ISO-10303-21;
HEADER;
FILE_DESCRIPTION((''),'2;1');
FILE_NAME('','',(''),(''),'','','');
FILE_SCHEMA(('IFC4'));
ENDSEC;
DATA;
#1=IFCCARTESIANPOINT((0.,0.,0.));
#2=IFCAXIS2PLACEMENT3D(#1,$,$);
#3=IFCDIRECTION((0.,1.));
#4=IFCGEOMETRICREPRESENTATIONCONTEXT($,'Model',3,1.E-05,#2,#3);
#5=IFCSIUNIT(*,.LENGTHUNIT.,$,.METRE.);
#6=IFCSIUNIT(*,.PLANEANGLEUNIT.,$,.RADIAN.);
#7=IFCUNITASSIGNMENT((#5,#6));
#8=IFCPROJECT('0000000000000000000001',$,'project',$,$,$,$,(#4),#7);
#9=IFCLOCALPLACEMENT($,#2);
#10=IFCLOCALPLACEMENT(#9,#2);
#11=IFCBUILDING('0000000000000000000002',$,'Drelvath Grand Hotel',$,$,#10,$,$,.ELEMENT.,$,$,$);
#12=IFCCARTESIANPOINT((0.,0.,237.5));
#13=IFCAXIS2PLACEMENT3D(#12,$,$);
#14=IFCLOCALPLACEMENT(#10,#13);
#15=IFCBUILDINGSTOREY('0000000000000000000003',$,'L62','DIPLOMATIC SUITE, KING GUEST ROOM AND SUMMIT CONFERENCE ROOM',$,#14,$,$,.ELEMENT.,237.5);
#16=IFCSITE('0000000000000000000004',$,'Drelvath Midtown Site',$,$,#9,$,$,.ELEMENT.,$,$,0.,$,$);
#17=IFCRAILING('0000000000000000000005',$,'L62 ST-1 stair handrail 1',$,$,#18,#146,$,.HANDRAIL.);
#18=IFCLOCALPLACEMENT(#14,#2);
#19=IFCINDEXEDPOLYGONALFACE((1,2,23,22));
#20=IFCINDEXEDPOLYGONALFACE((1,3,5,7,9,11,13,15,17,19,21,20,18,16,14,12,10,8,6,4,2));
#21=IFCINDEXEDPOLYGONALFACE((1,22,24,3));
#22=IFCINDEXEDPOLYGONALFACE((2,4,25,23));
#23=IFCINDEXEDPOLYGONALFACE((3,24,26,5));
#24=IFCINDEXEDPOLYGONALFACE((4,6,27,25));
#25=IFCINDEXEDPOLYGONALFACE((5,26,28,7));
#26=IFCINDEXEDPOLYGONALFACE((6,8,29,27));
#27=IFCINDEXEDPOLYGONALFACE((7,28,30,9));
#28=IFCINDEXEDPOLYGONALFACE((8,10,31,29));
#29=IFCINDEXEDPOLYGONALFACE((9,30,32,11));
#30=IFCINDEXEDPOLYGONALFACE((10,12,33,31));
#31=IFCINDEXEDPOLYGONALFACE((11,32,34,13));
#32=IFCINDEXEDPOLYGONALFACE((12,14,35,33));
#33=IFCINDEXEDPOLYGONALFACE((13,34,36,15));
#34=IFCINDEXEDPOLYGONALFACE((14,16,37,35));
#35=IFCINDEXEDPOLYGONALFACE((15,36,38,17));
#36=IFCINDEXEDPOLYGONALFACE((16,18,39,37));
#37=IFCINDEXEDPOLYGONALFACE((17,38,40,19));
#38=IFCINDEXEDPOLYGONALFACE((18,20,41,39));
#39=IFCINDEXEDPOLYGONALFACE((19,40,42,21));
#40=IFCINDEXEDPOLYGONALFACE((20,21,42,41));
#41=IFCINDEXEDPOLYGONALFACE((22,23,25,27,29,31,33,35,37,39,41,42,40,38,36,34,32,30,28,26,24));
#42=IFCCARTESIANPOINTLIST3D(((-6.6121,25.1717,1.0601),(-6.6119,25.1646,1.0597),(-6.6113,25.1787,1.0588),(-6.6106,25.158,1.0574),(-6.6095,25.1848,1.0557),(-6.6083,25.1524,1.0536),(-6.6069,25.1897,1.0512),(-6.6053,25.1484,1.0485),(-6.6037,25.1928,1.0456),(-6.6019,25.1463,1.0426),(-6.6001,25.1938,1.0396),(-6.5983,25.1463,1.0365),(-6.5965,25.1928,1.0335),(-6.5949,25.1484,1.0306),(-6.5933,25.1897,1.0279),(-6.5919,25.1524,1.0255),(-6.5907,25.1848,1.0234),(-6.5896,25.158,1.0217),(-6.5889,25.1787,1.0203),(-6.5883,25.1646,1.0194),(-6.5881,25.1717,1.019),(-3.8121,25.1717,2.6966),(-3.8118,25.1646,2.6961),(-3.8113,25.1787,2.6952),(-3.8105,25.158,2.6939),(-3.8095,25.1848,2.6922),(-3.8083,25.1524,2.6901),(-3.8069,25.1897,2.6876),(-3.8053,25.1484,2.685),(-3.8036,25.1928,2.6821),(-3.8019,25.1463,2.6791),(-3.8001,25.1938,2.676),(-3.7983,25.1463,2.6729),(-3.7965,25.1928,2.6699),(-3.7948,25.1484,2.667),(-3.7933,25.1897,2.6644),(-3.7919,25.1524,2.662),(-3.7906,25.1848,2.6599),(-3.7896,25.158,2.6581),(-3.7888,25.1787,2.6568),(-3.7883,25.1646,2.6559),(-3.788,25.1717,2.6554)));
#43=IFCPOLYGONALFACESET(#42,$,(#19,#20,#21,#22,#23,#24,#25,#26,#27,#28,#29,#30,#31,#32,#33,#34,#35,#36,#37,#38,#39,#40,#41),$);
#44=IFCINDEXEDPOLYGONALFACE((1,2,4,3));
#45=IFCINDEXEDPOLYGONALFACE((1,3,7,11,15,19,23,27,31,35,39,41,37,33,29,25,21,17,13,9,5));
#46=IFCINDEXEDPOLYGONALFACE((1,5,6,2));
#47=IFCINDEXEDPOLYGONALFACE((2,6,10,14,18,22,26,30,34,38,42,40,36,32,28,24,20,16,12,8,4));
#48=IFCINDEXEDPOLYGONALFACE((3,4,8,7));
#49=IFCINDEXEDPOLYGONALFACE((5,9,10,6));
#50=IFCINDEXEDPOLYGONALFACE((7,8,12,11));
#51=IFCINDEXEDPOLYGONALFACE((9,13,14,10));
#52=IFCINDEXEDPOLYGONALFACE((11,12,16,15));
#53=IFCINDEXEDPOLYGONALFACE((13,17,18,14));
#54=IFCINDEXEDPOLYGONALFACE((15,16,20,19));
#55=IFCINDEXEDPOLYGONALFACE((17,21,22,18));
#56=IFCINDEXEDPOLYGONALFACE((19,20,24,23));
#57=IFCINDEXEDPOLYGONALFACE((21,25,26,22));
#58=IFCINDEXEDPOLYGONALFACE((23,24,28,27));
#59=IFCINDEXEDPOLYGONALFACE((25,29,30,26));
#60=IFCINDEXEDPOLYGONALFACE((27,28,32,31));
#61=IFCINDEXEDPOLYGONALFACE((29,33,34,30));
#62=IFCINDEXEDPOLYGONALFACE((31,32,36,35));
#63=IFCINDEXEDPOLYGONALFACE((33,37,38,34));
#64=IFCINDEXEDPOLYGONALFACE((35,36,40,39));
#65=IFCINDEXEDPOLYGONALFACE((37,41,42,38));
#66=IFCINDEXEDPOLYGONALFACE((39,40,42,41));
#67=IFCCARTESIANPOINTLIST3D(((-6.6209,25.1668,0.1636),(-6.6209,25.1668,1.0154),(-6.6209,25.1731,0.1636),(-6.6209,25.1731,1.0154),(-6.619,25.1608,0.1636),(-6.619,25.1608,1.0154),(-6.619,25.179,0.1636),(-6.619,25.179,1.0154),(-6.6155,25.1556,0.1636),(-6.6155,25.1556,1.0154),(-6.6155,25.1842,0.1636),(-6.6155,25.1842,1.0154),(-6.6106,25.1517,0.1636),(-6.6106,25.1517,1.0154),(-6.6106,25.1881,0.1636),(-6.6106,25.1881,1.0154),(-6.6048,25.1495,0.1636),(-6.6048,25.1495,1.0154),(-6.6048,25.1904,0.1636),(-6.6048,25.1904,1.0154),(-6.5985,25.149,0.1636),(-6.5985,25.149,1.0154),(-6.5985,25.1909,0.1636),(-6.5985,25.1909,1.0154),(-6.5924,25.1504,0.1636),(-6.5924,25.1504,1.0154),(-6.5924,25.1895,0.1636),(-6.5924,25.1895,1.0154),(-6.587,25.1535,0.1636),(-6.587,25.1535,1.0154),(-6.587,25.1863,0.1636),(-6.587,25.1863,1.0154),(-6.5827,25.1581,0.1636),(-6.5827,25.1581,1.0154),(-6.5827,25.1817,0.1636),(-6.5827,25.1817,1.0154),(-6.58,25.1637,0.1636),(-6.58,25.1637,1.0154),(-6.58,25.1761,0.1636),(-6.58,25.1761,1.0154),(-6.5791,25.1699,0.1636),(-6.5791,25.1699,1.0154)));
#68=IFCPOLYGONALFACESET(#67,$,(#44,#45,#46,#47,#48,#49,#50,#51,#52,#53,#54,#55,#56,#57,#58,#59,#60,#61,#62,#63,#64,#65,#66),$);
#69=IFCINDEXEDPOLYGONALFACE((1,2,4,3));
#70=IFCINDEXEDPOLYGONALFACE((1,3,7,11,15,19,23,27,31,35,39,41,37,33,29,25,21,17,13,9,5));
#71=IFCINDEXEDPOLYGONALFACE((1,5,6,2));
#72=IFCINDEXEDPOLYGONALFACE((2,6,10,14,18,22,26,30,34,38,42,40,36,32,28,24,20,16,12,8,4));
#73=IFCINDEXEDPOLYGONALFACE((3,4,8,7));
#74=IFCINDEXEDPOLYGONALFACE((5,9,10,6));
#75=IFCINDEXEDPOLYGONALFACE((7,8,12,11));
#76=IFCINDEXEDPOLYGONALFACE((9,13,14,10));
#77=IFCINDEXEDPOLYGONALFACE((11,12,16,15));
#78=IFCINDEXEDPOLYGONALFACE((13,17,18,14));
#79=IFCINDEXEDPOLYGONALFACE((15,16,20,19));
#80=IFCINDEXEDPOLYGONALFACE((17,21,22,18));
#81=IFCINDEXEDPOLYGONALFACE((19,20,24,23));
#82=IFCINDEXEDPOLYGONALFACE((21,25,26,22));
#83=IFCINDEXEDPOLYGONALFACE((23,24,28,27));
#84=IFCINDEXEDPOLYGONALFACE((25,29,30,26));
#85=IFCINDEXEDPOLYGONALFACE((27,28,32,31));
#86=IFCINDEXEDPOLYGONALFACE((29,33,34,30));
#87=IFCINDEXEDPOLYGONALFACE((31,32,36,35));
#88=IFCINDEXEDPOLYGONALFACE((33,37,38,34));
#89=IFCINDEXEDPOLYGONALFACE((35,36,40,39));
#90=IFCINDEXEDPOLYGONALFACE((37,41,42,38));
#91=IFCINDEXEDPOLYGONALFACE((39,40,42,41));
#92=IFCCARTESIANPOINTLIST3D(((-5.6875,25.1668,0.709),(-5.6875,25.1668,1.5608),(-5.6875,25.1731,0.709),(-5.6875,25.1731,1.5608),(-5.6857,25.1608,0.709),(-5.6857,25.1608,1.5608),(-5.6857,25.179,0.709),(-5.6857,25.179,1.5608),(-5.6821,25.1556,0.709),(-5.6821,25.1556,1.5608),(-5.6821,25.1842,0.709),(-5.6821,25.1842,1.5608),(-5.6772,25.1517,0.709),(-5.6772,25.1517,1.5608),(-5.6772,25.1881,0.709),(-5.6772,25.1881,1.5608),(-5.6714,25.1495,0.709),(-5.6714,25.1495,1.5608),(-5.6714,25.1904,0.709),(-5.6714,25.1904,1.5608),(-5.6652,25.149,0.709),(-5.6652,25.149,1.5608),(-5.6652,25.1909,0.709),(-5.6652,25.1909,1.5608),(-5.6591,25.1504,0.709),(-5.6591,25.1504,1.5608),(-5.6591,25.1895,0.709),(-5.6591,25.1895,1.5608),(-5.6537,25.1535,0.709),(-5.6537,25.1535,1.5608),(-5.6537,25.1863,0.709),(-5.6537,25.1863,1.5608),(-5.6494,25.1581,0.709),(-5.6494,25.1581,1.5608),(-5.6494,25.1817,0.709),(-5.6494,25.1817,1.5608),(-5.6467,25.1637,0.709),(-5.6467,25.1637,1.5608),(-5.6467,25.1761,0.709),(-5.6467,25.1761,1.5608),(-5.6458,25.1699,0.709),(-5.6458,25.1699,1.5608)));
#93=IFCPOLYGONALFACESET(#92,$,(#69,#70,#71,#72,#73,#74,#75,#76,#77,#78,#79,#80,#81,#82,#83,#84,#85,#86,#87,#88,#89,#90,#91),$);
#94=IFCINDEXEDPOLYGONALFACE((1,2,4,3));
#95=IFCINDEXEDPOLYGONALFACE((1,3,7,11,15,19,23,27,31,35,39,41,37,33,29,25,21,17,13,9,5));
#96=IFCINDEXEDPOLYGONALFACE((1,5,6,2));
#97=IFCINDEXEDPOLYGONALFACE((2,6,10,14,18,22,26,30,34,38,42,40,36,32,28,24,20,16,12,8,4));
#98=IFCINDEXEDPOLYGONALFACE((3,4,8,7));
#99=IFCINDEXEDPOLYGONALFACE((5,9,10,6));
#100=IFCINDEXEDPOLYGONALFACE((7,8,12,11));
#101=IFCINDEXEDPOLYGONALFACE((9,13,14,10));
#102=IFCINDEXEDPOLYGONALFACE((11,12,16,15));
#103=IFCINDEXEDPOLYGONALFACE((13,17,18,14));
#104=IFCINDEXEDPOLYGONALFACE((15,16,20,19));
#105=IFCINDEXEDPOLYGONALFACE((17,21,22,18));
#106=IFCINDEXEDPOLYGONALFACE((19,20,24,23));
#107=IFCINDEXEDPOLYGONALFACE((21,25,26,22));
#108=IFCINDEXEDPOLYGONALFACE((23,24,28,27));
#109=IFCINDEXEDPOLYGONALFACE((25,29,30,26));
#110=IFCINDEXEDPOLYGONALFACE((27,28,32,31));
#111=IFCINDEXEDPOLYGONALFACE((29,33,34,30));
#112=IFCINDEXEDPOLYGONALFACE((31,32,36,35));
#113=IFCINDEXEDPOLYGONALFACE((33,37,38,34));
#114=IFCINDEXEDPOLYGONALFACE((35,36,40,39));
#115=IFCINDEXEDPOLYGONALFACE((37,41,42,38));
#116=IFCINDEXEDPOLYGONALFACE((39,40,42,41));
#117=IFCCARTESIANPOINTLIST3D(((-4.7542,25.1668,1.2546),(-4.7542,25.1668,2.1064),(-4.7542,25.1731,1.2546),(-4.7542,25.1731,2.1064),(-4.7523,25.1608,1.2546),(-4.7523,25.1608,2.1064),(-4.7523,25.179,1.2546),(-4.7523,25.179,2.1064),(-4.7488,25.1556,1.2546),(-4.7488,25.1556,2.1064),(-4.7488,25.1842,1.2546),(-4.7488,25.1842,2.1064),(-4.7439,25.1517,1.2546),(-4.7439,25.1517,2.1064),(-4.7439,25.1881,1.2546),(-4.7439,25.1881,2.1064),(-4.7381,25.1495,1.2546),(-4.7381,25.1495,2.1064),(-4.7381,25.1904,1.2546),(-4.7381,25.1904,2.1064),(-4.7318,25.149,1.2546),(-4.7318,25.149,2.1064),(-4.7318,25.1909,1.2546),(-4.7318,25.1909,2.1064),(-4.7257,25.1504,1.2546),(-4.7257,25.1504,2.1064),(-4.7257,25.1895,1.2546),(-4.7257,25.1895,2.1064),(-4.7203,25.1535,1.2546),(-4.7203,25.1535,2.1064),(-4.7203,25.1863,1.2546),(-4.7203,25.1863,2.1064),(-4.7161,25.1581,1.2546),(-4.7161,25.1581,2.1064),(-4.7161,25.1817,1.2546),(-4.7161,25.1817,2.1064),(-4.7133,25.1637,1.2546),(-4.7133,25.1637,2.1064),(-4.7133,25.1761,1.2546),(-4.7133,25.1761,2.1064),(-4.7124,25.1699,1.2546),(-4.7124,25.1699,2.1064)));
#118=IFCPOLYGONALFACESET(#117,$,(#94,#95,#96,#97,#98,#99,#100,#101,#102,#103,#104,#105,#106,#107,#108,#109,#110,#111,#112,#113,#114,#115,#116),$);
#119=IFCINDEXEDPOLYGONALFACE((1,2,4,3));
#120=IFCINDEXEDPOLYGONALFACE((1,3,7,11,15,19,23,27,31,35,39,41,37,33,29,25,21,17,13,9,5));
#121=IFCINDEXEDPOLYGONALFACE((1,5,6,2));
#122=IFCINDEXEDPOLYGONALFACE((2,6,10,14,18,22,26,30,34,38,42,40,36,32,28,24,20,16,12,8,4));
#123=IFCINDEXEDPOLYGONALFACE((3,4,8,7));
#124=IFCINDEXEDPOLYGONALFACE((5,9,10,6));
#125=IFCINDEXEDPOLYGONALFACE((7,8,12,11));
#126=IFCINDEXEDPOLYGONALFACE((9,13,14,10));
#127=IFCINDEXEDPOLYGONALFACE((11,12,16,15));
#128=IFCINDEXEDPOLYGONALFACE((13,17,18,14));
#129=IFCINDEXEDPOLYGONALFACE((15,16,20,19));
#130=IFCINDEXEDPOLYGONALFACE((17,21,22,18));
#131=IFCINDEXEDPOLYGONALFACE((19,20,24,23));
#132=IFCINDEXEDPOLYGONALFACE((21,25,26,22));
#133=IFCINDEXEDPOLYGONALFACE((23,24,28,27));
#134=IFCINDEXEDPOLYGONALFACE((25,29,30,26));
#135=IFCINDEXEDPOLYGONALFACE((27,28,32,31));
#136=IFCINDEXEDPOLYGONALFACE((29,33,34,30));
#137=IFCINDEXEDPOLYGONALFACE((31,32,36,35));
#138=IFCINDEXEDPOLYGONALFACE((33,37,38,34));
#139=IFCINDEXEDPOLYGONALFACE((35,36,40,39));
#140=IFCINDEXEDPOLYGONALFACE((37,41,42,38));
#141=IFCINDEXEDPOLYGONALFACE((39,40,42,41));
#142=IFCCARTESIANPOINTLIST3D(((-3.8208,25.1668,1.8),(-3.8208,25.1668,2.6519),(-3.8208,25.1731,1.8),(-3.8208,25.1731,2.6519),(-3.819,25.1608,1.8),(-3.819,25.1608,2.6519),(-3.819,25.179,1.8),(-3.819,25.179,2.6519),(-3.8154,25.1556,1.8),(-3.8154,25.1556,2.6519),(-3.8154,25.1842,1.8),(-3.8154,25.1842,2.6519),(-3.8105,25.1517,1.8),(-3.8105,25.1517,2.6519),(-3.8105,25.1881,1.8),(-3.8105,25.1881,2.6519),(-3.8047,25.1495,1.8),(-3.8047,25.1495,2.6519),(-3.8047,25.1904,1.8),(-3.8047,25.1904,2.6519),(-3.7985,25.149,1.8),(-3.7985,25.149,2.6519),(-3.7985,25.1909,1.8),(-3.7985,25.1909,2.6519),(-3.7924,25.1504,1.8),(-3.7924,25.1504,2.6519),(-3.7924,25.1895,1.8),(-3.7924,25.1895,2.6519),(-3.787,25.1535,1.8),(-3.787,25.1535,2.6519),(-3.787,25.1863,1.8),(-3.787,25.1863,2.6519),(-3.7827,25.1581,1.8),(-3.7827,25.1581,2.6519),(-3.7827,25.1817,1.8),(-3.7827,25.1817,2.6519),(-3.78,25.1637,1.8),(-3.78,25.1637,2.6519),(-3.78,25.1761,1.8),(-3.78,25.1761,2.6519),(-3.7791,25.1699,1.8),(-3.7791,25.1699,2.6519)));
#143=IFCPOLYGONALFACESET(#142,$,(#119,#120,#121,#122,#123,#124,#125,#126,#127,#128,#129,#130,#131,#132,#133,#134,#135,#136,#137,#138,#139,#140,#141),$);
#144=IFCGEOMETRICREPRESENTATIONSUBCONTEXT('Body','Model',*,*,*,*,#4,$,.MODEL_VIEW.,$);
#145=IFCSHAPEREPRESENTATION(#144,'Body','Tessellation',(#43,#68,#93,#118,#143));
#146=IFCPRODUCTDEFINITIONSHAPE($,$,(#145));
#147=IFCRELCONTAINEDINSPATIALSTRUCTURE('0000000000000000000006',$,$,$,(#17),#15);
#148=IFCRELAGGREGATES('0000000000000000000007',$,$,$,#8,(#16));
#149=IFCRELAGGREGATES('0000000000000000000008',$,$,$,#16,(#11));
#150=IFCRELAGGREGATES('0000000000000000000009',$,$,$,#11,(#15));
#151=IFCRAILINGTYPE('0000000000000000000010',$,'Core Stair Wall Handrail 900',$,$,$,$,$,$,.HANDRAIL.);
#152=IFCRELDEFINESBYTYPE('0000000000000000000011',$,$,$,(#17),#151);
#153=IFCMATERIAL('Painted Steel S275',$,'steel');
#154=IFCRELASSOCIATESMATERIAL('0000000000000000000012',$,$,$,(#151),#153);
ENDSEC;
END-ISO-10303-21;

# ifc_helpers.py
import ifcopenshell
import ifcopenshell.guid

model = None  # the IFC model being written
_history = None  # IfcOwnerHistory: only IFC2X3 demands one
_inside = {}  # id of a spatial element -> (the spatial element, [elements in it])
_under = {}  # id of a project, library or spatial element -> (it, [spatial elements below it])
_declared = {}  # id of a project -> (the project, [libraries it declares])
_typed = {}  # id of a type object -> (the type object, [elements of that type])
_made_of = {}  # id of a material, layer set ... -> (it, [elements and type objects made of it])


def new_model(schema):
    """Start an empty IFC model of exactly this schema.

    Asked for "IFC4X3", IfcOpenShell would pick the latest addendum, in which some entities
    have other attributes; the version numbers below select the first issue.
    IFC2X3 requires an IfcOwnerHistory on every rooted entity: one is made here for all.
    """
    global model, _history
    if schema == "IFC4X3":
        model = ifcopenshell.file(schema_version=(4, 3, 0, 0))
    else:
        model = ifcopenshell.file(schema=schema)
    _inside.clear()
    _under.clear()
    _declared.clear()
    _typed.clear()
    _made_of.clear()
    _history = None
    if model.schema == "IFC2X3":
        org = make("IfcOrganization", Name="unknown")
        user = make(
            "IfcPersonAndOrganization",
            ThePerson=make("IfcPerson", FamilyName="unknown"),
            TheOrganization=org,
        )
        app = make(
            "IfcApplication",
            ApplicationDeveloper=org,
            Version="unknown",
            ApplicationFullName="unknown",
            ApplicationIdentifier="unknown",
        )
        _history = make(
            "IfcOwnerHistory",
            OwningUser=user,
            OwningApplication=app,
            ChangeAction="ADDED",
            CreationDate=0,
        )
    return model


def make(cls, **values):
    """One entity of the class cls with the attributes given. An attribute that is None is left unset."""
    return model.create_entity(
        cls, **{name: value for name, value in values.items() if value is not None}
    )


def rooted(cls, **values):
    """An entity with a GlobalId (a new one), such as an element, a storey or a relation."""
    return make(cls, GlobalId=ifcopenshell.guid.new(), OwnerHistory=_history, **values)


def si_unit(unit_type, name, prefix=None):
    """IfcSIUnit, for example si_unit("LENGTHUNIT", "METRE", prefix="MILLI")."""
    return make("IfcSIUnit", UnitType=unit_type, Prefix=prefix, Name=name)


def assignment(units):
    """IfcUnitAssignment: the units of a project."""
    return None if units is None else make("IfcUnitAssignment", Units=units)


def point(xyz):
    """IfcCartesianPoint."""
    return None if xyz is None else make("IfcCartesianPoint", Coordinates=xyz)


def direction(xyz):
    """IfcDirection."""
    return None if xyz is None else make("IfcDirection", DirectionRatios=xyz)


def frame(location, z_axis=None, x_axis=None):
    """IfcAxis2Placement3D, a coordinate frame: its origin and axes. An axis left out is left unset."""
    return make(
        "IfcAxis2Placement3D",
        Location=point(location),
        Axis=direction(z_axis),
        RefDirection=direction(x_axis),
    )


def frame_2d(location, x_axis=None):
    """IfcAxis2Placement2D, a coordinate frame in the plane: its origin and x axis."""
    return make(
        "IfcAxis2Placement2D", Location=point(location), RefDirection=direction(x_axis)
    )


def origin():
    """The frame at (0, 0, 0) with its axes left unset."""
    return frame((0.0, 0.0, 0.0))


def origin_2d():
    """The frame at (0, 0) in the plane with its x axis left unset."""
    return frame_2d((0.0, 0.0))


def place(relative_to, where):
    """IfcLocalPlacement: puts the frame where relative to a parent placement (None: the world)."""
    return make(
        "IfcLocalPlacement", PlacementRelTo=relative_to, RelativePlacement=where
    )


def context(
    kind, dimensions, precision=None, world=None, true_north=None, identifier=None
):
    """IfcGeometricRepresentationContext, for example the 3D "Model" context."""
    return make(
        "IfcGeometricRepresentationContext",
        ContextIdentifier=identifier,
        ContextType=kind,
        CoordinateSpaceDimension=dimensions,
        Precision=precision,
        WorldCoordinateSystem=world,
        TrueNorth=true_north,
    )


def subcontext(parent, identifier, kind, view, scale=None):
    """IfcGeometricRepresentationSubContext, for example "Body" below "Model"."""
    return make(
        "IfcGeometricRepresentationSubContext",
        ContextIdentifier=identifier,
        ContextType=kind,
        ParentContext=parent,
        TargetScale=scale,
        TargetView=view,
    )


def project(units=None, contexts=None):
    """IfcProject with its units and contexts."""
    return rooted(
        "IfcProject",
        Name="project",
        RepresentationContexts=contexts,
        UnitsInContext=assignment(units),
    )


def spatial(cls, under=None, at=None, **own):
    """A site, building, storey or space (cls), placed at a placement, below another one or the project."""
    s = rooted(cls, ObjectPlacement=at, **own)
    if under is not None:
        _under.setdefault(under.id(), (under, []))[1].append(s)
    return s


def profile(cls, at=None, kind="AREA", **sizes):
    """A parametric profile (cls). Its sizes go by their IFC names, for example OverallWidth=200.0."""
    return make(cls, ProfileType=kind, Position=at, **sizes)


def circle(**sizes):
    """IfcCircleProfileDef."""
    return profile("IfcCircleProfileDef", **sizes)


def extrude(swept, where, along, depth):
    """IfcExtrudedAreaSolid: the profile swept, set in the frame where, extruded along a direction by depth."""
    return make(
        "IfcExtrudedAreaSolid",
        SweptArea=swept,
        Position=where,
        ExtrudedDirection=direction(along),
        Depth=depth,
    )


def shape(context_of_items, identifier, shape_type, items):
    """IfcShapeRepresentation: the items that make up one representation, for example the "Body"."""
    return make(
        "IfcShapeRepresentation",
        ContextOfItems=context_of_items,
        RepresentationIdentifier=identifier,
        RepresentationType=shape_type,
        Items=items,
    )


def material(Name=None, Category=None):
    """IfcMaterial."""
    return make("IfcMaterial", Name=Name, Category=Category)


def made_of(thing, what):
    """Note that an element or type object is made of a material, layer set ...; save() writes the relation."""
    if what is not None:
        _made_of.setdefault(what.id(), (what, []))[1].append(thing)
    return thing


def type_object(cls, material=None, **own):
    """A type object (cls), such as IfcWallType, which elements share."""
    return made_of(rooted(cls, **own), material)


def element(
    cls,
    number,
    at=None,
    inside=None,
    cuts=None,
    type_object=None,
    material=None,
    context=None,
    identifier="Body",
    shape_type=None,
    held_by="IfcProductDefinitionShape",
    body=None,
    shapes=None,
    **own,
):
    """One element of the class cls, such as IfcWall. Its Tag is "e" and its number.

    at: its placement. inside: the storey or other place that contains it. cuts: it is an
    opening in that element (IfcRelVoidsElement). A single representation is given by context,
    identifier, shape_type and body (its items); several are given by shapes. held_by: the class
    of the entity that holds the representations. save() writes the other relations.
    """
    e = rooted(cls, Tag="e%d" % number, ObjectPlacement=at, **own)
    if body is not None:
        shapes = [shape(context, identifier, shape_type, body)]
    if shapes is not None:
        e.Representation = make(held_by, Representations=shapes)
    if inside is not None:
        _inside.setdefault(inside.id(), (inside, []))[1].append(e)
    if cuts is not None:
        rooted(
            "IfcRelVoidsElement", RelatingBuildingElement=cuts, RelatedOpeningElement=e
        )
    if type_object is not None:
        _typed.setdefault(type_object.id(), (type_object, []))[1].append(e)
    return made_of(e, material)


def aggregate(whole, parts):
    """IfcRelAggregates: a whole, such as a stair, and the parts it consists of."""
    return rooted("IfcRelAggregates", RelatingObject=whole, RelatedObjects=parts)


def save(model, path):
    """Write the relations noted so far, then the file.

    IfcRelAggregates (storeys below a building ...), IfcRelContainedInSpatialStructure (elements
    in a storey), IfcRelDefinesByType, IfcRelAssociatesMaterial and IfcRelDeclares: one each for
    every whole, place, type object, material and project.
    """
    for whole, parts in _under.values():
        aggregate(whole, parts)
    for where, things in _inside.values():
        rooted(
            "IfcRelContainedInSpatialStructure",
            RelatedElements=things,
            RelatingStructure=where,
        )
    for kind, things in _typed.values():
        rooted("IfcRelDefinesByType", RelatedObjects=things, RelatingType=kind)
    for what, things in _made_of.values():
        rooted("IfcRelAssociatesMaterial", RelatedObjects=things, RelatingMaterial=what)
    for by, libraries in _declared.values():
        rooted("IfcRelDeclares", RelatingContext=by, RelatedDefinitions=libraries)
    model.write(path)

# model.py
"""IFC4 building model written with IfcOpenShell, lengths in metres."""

from ifc_helpers import new_model, si_unit, direction, frame, origin, origin_2d, place, context, subcontext, project, spatial, circle, extrude, material, type_object, element, save


model = new_model("IFC4")

# Units and contexts
model_context = context("Model", 3, precision=1e-05, world=origin(), true_north=direction((0.0, 1.0)))
body_context = subcontext(model_context, "Body", "Model", "MODEL_VIEW")
ifc_project = project(units=[si_unit("LENGTHUNIT", "METRE"), si_unit("PLANEANGLEUNIT", "RADIAN")], contexts=[model_context])

# Site, building, storey
site_placement = place(None, origin())
site = spatial("IfcSite", under=ifc_project, at=site_placement, Name="Drelvath Midtown Site", CompositionType="ELEMENT", RefElevation=0.0)
building_placement = place(site_placement, origin())
building = spatial("IfcBuilding", under=site, at=building_placement, Name="Drelvath Grand Hotel", CompositionType="ELEMENT")
storey_placement = place(building_placement, frame((0.0, 0.0, 237.5)))
storey = spatial("IfcBuildingStorey", under=building, at=storey_placement, Name="L62", Description="DIPLOMATIC SUITE, KING GUEST ROOM AND SUMMIT CONFERENCE ROOM", CompositionType="ELEMENT", Elevation=237.5)

# Shared definitions
ifc_material_1 = material(Name="Painted Steel S275", Category="steel")

# Railing
railing_type_1 = type_object("IfcRailingType", Name="Core Stair Wall Handrail 900", PredefinedType="HANDRAIL", material=ifc_material_1)
railing_1_placement = place(storey_placement, frame((-6.6001, 25.1699, 0.1636)))
element("IfcRailing", 1, at=railing_1_placement, inside=storey, type_object=railing_type_1, Name="L62 ST-1 stair handrail 1", PredefinedType="HANDRAIL", context=body_context, shape_type="SweptSolid", body=[
    extrude(circle(Radius=0.0239, at=origin_2d()), frame((0.0, 0.0, 0.876), z_axis=(0.863361, 0.0, 0.504587), x_axis=(0.0, 1.0, 0.0)), (0.0, 0.0, 1.0), 3.2432),
    extrude(circle(Radius=0.021, at=origin_2d()), origin(), (0.0, 0.0, 1.0), 0.8518),
    extrude(circle(Radius=0.021, at=origin_2d()), frame((0.9333, 0.0, 0.5454)), (0.0, 0.0, 1.0), 0.8518),
    extrude(circle(Radius=0.021, at=origin_2d()), frame((1.8667, 0.0, 1.0911)), (0.0, 0.0, 1.0), 0.8518),
    extrude(circle(Radius=0.021, at=origin_2d()), frame((2.8, 0.0, 1.6365)), (0.0, 0.0, 1.0), 0.8518),
])

save(model, "model.ifc")
